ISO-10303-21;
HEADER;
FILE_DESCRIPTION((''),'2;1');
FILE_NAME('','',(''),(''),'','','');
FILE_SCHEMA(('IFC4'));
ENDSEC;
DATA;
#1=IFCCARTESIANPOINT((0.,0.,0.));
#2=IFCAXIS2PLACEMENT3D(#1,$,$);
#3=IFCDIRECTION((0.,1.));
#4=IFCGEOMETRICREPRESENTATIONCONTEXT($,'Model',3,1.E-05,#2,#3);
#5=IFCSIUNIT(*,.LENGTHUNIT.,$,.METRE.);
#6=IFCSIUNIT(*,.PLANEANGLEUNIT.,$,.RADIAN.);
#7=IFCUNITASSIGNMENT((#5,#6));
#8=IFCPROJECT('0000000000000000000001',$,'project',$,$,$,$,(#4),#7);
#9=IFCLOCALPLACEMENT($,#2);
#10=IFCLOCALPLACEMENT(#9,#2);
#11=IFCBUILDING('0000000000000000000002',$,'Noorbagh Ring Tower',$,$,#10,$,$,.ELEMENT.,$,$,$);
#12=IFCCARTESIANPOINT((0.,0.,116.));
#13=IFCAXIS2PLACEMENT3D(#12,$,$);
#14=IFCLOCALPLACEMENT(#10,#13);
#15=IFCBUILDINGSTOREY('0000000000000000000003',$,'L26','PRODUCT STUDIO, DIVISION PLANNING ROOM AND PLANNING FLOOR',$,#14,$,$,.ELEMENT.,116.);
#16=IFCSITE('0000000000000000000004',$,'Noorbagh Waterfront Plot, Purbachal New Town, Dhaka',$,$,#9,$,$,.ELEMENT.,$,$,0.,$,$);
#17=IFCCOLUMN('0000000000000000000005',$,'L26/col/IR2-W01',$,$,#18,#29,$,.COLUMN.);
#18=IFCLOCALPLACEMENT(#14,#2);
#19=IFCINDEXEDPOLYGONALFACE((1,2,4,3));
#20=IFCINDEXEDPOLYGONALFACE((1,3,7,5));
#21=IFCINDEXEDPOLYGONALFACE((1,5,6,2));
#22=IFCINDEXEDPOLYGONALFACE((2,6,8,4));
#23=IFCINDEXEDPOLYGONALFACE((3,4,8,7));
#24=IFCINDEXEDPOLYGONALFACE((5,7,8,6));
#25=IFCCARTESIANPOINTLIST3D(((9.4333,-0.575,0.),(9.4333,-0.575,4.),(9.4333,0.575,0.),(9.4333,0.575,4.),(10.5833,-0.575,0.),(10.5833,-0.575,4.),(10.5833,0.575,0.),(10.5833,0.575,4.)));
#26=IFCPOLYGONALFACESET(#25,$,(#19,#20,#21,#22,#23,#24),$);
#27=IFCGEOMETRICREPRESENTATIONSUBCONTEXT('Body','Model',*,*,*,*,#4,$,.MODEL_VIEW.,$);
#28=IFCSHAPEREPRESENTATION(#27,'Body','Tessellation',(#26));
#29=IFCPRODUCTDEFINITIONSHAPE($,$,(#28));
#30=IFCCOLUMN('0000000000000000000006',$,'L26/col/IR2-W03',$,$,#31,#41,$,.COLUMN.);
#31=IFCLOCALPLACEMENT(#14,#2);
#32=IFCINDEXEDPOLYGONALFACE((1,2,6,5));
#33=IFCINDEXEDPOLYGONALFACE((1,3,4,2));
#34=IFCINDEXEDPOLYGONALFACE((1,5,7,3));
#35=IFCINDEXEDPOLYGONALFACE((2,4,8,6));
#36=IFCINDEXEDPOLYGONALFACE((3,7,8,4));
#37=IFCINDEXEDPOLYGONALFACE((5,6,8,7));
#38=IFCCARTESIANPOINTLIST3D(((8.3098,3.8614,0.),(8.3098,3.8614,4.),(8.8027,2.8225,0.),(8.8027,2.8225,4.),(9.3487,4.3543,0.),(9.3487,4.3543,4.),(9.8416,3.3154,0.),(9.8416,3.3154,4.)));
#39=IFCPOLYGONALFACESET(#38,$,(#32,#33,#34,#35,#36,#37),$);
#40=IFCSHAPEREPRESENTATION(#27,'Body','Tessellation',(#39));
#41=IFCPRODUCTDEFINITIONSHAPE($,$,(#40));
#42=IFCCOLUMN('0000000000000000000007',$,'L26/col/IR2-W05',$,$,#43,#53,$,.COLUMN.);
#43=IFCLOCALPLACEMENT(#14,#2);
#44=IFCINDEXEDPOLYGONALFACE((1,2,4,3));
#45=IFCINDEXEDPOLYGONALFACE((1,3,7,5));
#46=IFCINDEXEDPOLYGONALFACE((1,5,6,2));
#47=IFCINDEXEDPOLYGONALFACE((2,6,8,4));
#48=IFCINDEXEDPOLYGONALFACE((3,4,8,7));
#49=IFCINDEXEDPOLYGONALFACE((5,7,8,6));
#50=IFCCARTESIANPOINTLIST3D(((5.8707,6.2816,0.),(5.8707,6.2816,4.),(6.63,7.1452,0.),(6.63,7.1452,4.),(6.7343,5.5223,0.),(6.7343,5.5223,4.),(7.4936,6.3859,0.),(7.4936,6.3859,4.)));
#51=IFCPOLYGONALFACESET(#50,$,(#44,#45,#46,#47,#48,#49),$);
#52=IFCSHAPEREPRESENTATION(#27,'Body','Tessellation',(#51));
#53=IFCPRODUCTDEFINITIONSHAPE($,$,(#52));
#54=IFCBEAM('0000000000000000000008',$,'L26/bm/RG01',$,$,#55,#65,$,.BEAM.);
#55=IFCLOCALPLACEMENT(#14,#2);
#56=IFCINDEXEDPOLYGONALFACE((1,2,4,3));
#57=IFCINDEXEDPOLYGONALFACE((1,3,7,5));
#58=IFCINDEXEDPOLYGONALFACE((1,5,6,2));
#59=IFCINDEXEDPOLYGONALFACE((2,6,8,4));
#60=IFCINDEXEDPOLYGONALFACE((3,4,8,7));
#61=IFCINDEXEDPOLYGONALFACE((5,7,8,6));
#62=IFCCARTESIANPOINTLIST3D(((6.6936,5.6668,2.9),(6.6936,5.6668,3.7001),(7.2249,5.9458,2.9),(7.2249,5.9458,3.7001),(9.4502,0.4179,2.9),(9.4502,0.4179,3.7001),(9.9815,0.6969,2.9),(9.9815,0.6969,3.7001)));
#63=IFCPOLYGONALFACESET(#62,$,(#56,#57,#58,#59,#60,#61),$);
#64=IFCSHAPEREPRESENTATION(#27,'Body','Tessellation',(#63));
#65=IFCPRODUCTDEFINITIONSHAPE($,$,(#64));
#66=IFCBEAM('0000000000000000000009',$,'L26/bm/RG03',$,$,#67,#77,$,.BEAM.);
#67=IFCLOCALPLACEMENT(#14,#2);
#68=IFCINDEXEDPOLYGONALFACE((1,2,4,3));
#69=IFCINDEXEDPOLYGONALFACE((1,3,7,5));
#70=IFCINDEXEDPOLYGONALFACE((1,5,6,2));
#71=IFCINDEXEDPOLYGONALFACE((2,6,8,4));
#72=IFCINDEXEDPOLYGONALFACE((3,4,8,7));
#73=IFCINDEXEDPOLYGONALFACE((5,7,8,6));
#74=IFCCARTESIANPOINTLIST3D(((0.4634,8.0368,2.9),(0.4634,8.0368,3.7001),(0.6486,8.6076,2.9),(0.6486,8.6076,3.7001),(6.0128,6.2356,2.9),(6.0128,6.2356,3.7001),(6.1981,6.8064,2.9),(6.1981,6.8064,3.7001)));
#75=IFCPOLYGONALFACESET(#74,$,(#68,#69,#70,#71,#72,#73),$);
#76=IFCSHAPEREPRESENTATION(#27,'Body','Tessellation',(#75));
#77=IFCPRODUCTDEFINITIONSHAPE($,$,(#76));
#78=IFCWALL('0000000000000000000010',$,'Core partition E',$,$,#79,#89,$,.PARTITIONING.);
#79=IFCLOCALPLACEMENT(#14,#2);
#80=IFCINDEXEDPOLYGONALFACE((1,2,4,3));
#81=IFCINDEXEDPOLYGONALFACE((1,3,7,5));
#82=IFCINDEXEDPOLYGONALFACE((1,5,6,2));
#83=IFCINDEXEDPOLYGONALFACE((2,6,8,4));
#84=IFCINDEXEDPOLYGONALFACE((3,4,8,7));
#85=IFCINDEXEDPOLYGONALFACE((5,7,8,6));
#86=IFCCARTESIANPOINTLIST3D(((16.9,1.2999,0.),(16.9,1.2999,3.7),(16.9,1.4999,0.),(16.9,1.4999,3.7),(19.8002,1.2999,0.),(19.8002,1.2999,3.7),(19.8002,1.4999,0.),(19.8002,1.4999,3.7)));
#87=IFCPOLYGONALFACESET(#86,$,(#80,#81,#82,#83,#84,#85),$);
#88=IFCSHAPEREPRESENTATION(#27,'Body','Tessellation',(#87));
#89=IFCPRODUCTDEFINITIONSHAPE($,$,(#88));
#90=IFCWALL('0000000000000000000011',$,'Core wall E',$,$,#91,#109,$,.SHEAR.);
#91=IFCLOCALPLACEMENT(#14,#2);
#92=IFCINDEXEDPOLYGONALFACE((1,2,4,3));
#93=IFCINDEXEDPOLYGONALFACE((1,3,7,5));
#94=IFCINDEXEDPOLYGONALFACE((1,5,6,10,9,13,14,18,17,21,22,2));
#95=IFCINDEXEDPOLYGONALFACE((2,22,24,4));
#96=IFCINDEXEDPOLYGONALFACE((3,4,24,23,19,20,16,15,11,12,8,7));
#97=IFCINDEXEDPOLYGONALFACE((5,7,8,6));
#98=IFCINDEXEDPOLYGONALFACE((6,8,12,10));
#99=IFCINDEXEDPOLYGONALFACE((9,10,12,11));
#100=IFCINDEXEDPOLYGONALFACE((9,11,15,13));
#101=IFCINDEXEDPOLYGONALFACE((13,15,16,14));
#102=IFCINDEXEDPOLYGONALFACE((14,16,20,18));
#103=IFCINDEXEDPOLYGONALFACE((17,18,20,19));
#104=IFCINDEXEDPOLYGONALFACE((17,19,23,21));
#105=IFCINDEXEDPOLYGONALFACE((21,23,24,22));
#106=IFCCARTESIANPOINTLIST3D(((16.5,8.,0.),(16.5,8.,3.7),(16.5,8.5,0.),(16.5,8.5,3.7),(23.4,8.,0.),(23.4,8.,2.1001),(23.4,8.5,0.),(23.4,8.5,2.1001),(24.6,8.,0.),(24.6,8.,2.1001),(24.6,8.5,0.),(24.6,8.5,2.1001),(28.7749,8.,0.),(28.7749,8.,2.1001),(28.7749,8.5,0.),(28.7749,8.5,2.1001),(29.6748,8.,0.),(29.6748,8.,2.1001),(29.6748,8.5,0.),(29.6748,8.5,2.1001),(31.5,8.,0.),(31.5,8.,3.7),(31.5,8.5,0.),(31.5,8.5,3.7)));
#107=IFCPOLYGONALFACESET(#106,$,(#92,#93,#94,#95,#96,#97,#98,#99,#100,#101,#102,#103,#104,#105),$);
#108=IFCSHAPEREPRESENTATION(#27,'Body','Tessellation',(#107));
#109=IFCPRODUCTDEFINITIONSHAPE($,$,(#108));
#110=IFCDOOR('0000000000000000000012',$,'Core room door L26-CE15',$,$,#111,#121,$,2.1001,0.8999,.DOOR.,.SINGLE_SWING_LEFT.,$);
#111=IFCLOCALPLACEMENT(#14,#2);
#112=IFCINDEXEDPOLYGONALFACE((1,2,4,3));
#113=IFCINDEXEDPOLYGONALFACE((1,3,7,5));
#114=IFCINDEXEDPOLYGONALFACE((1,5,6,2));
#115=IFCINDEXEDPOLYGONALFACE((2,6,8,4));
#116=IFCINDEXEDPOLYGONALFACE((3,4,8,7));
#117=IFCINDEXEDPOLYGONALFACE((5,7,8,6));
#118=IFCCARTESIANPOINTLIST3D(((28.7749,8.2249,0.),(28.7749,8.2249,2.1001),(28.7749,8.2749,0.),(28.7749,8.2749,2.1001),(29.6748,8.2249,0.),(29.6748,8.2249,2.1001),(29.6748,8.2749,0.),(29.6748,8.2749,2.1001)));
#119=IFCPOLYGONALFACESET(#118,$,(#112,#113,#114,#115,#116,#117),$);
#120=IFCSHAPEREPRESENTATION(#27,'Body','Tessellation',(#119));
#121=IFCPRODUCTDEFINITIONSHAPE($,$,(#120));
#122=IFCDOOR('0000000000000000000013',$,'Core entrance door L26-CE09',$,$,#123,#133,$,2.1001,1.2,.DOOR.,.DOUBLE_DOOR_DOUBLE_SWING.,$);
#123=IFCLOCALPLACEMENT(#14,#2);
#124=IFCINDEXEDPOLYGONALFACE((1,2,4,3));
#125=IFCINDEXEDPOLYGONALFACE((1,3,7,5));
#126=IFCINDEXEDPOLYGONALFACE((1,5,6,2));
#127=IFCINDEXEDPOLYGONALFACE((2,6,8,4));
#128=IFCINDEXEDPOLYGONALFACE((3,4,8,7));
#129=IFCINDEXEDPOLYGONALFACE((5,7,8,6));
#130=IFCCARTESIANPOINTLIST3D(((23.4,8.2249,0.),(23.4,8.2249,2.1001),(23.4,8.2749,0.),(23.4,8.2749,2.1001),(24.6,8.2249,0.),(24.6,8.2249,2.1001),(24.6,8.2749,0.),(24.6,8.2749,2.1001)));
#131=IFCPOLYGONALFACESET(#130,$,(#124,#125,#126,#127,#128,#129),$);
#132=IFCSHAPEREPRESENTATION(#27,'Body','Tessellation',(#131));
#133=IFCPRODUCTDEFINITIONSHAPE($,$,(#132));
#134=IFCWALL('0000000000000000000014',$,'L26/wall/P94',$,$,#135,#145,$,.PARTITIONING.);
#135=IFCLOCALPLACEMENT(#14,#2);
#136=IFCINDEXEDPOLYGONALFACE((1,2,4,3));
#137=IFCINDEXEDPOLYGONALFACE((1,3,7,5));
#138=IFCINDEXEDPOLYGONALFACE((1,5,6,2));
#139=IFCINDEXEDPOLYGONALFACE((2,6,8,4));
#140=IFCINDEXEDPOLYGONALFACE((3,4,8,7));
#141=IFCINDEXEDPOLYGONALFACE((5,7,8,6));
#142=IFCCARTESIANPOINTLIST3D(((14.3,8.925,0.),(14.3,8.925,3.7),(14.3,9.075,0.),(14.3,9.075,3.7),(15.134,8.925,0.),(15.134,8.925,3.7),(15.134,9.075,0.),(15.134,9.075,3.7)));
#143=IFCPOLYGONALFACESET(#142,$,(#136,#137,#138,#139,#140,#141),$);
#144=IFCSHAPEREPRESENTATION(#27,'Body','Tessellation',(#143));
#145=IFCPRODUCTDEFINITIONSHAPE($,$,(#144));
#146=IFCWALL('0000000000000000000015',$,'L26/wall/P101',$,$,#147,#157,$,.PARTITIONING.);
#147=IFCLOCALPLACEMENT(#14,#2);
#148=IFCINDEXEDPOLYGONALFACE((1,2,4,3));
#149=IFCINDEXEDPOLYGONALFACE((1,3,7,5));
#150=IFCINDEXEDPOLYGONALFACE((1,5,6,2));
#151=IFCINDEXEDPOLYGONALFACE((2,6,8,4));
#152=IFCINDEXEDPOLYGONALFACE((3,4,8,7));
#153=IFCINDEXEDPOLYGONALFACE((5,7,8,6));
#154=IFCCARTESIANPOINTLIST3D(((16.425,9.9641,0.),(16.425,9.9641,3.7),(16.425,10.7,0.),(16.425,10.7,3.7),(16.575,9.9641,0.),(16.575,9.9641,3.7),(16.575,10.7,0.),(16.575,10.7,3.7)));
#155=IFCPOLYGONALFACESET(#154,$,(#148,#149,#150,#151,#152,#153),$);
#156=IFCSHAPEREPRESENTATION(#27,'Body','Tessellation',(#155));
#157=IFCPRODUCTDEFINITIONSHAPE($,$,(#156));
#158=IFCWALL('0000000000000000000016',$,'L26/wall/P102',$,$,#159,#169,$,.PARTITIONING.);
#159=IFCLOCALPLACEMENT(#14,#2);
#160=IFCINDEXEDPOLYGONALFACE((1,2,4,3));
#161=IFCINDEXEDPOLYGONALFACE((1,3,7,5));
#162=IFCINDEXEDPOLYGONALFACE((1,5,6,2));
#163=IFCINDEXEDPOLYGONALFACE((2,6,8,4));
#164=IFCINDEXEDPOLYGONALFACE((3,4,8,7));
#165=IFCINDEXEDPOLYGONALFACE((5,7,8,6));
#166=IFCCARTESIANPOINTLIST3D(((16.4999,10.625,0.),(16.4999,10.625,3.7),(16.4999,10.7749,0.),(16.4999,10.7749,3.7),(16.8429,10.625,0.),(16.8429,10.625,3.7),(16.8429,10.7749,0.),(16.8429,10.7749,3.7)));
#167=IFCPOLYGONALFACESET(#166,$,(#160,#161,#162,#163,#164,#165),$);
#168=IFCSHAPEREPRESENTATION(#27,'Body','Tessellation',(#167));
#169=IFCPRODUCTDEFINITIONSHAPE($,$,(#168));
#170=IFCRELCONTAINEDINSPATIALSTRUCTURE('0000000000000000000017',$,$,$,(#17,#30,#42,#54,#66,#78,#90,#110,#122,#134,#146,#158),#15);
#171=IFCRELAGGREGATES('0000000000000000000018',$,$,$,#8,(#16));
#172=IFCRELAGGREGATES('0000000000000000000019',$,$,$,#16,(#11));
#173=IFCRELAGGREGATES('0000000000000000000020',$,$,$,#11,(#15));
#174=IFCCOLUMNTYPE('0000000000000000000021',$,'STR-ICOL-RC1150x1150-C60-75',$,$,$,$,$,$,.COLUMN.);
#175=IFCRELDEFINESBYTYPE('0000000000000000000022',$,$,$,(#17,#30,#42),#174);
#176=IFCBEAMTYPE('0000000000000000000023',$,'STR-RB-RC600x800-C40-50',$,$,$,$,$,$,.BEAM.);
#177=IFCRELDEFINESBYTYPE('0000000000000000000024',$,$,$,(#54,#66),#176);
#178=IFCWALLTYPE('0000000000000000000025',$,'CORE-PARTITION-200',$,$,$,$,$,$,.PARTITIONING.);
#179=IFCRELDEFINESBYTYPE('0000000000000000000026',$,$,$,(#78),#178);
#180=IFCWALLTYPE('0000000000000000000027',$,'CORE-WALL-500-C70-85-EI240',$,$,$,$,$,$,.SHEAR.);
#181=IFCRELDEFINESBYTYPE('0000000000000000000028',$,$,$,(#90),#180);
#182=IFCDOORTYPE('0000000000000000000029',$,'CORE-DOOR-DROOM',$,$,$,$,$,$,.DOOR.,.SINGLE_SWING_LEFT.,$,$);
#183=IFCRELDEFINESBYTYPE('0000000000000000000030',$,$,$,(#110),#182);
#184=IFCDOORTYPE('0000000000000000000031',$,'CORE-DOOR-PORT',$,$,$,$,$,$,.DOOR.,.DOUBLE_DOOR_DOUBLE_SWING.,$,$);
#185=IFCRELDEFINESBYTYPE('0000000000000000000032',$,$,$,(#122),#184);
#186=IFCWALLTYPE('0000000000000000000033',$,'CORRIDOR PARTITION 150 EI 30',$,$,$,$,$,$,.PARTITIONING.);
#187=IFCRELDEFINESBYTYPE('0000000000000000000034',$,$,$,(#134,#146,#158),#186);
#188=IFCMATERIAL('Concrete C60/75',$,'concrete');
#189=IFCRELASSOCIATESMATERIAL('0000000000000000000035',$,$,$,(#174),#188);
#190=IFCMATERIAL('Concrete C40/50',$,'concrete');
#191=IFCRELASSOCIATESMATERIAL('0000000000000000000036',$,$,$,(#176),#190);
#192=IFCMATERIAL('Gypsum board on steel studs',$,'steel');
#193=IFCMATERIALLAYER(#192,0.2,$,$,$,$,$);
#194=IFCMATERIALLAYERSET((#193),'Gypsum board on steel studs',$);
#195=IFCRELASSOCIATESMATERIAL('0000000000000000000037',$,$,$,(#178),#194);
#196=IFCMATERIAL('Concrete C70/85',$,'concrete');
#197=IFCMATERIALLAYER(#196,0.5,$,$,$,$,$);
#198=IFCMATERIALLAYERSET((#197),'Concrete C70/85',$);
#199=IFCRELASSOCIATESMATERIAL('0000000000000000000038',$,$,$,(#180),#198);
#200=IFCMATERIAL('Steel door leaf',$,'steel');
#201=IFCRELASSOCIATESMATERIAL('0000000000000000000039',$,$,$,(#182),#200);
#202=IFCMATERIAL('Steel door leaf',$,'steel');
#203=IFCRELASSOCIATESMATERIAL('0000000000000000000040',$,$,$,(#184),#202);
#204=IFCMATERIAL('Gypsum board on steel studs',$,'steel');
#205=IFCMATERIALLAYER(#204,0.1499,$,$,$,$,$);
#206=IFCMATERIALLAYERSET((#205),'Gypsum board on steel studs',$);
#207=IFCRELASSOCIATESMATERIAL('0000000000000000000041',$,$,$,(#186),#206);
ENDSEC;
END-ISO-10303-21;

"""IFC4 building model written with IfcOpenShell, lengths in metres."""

from ifc_helpers import new_model, si_unit, direction, frame, frame_2d, origin, origin_2d, place, context, subcontext, project, spatial, rectangle, extrude, material, layer, layer_set, material_profile, profile_set, type_object, element, fill, save


model = new_model("IFC4")

# Units and contexts
model_context = context("Model", 3, precision=1e-05, world=origin(), true_north=direction((0.0, 1.0)))
body_context = subcontext(model_context, "Body", "Model", "MODEL_VIEW")
ifc_project = project(units=[si_unit("LENGTHUNIT", "METRE"), si_unit("PLANEANGLEUNIT", "RADIAN")], contexts=[model_context])

# Site, building, storey
site_placement = place(None, origin())
site = spatial("IfcSite", under=ifc_project, at=site_placement, Name="Noorbagh Waterfront Plot, Purbachal New Town, Dhaka", CompositionType="ELEMENT", RefElevation=0.0)
building_placement = place(site_placement, origin())
building = spatial("IfcBuilding", under=site, at=building_placement, Name="Noorbagh Ring Tower", CompositionType="ELEMENT")
storey_placement = place(building_placement, frame((0.0, 0.0, 116.0)))
storey = spatial("IfcBuildingStorey", under=building, at=storey_placement, Name="L26", Description="PRODUCT STUDIO, DIVISION PLANNING ROOM AND PLANNING FLOOR", CompositionType="ELEMENT", Elevation=116.0)

# Columns
ifc_material_1 = material(Name="Concrete C60/75", Category="concrete")
ifc_material_profile_1 = material_profile(ifc_material_1, rectangle(XDim=1.1499, YDim=1.1499, at=origin_2d()), Name="RC1150x1150")
ifc_profile_set_1 = profile_set([ifc_material_profile_1], Name="Concrete C60/75")
column_type = type_object("IfcColumnType", Name="STR-ICOL-RC1150x1150-C60-75", PredefinedType="COLUMN", material=ifc_profile_set_1)
for number, where, z_axis, x_axis, name in (
    (1, (10.0083, 0.0, 0.0), (0.0, 0.0, 1.0), (0.0, 1.0, 0.0), "L26/col/IR2-W01"),
    (2, (9.0757, 3.5884, 0.0), (0.0, 0.0, 1.0), (-0.428667, 0.903463, 0.0), "L26/col/IR2-W03"),
    (3, (6.6821, 6.3337, 0.0), (0.0, 0.0, 1.0), (-0.751022, 0.660277, 0.0), "L26/col/IR2-W05"),
):
    element("IfcColumn", number, at=place(storey_placement, frame(where, z_axis=z_axis, x_axis=x_axis)), inside=storey, type_object=column_type, Name=name, PredefinedType="COLUMN", context=body_context, shape_type="SweptSolid", body=[
        extrude(rectangle(XDim=1.1499, YDim=1.1499, at=origin_2d()), origin(), (0.0, 0.0, 1.0), 4.0),
    ])

# Beams
ifc_material_2 = material(Name="Concrete C40/50", Category="concrete")
ifc_material_profile_2 = material_profile(ifc_material_2, rectangle(XDim=0.6001, YDim=0.8, at=origin_2d()), Name="RC600x800")
ifc_profile_set_2 = profile_set([ifc_material_profile_2], Name="Concrete C40/50")
beam_type = type_object("IfcBeamType", Name="STR-RB-RC600x800-C40-50", PredefinedType="BEAM", material=ifc_profile_set_2)
beam_1_placement = place(storey_placement, frame((9.7158, 0.5574, 3.3), z_axis=(-0.464947, 0.885339, 0.0), x_axis=(-0.885339, -0.464947, 0.0)))
element("IfcBeam", 4, at=beam_1_placement, inside=storey, type_object=beam_type, Name="L26/bm/RG01", PredefinedType="BEAM", context=body_context, shape_type="SweptSolid", body=[
    extrude(rectangle(XDim=0.6001, YDim=0.8, at=origin_2d()), origin(), (0.0, 0.0, 1.0), 5.9287),
])
beam_2_placement = place(storey_placement, frame((6.1055, 6.521, 3.3), z_axis=(-0.951152, 0.308724, 0.0), x_axis=(-0.308724, -0.951152, 0.0)))
element("IfcBeam", 5, at=beam_2_placement, inside=storey, type_object=beam_type, Name="L26/bm/RG03", PredefinedType="BEAM", context=body_context, shape_type="SweptSolid", body=[
    extrude(rectangle(XDim=0.6001, YDim=0.8, at=origin_2d()), origin(), (0.0, 0.0, 1.0), 5.8345),
])

# Wall
ifc_material_3 = material(Name="Gypsum board on steel studs", Category="steel")
ifc_layer_1 = layer(ifc_material_3, 0.2)
ifc_layer_set_1 = layer_set([ifc_layer_1], Name="Gypsum board on steel studs")
wall_type_1 = type_object("IfcWallType", Name="CORE-PARTITION-200", PredefinedType="PARTITIONING", material=ifc_layer_set_1)
wall_1_placement = place(storey_placement, frame((16.8999, 1.3999, 0.0), z_axis=(0.0, 0.0, 1.0), x_axis=(1.0, 0.0, 0.0)))
element("IfcWall", 6, at=wall_1_placement, inside=storey, type_object=wall_type_1, Name="Core partition E", PredefinedType="PARTITIONING", context=body_context, shape_type="SweptSolid", body=[
    extrude(rectangle(XDim=2.9001, YDim=0.2, at=frame_2d((1.4502, 0.0))), origin(), (0.0, 0.0, 1.0), 3.7),
])

# Wall, openings, doors
ifc_material_4 = material(Name="Concrete C70/85", Category="concrete")
ifc_layer_2 = layer(ifc_material_4, 0.5)
ifc_layer_set_2 = layer_set([ifc_layer_2], Name="Concrete C70/85")
wall_type_2 = type_object("IfcWallType", Name="CORE-WALL-500-C70-85-EI240", PredefinedType="SHEAR", material=ifc_layer_set_2)
wall_2_placement = place(storey_placement, frame((16.5, 8.25, 0.0), z_axis=(0.0, 0.0, 1.0), x_axis=(1.0, 0.0, 0.0)))
wall_2 = element("IfcWall", 7, at=wall_2_placement, inside=storey, type_object=wall_type_2, Name="Core wall E", PredefinedType="SHEAR", context=body_context, shape_type="SweptSolid", body=[
    extrude(rectangle(XDim=15.0, YDim=0.5, at=frame_2d((7.5, 0.0))), origin(), (0.0, 0.0, 1.0), 3.7),
])
opening_1_placement = place(wall_2_placement, frame((6.8999, 0.0, 0.0)))
opening_1 = element("IfcOpeningElement", 8, at=opening_1_placement, cuts=wall_2, PredefinedType="OPENING", context=body_context, shape_type="SweptSolid", body=[
    extrude(rectangle(XDim=1.2, YDim=2.1001, at=frame_2d((0.6001, 1.05))), frame((0.0, 0.26, 0.0), z_axis=(0.0, -1.0, 0.0), x_axis=(1.0, 0.0, 0.0)), (0.0, 0.0, 1.0), 0.52),
])
opening_2_placement = place(wall_2_placement, frame((12.2749, 0.0, 0.0)))
opening_2 = element("IfcOpeningElement", 9, at=opening_2_placement, cuts=wall_2, PredefinedType="OPENING", context=body_context, shape_type="SweptSolid", body=[
    extrude(rectangle(XDim=0.8999, YDim=2.1001, at=frame_2d((0.45, 1.05))), frame((0.0, 0.26, 0.0), z_axis=(0.0, -1.0, 0.0), x_axis=(1.0, 0.0, 0.0)), (0.0, 0.0, 1.0), 0.52),
])
ifc_material_5 = material(Name="Steel door leaf", Category="steel")
door_type_1 = type_object("IfcDoorType", Name="CORE-DOOR-DROOM", OperationType="SINGLE_SWING_LEFT", PredefinedType="DOOR", material=ifc_material_5)
door_1_placement = place(opening_2_placement, origin())
door_1 = element("IfcDoor", 10, at=door_1_placement, inside=storey, type_object=door_type_1, Name="Core room door L26-CE15", OperationType="SINGLE_SWING_LEFT", OverallHeight=2.1001, OverallWidth=0.8999, PredefinedType="DOOR", context=body_context, shape_type="SweptSolid", body=[
    extrude(rectangle(XDim=0.8999, YDim=2.1001, at=frame_2d((0.45, 1.05))), frame((0.0, 0.0249, 0.0), z_axis=(0.0, -1.0, 0.0), x_axis=(1.0, 0.0, 0.0)), (0.0, 0.0, 1.0), 0.05),
])
fill(opening_2, door_1)
ifc_material_6 = material(Name="Steel door leaf", Category="steel")
door_type_2 = type_object("IfcDoorType", Name="CORE-DOOR-PORT", OperationType="DOUBLE_DOOR_DOUBLE_SWING", PredefinedType="DOOR", material=ifc_material_6)
door_2_placement = place(opening_1_placement, origin())
door_2 = element("IfcDoor", 11, at=door_2_placement, inside=storey, type_object=door_type_2, Name="Core entrance door L26-CE09", OperationType="DOUBLE_DOOR_DOUBLE_SWING", OverallHeight=2.1001, OverallWidth=1.2, PredefinedType="DOOR", context=body_context, shape_type="SweptSolid", body=[
    extrude(rectangle(XDim=1.2, YDim=2.1001, at=frame_2d((0.6001, 1.05))), frame((0.0, 0.0249, 0.0), z_axis=(0.0, -1.0, 0.0), x_axis=(1.0, 0.0, 0.0)), (0.0, 0.0, 1.0), 0.05),
])
fill(opening_1, door_2)

# Walls
ifc_material_7 = material(Name="Gypsum board on steel studs", Category="steel")
ifc_layer_3 = layer(ifc_material_7, 0.1499)
ifc_layer_set_3 = layer_set([ifc_layer_3], Name="Gypsum board on steel studs")
wall_type_3 = type_object("IfcWallType", Name="CORRIDOR PARTITION 150 EI 30", PredefinedType="PARTITIONING", material=ifc_layer_set_3)
wall_3_placement = place(storey_placement, frame((14.3, 9.0, 0.0), z_axis=(0.0, 0.0, 1.0), x_axis=(1.0, 0.0, 0.0)))
element("IfcWall", 12, at=wall_3_placement, inside=storey, type_object=wall_type_3, Name="L26/wall/P94", PredefinedType="PARTITIONING", context=body_context, shape_type="SweptSolid", body=[
    extrude(rectangle(XDim=0.834, YDim=0.1499, at=frame_2d((0.417, 0.0))), origin(), (0.0, 0.0, 1.0), 3.7),
])
wall_4_placement = place(storey_placement, frame((16.5, 9.9641, 0.0), z_axis=(0.0, 0.0, 1.0), x_axis=(0.0, 1.0, 0.0)))
element("IfcWall", 13, at=wall_4_placement, inside=storey, type_object=wall_type_3, Name="L26/wall/P101", PredefinedType="PARTITIONING", context=body_context, shape_type="SweptSolid", body=[
    extrude(rectangle(XDim=0.7358, YDim=0.1499, at=frame_2d((0.3679, 0.0))), origin(), (0.0, 0.0, 1.0), 3.7),
])
wall_5_placement = place(storey_placement, frame((16.5, 10.7, 0.0), z_axis=(0.0, 0.0, 1.0), x_axis=(1.0, 0.0, 0.0)))
element("IfcWall", 14, at=wall_5_placement, inside=storey, type_object=wall_type_3, Name="L26/wall/P102", PredefinedType="PARTITIONING", context=body_context, shape_type="SweptSolid", body=[
    extrude(rectangle(XDim=0.343, YDim=0.1499, at=frame_2d((0.1714, 0.0))), origin(), (0.0, 0.0, 1.0), 3.7),
])

save(model, "model.ifc")
